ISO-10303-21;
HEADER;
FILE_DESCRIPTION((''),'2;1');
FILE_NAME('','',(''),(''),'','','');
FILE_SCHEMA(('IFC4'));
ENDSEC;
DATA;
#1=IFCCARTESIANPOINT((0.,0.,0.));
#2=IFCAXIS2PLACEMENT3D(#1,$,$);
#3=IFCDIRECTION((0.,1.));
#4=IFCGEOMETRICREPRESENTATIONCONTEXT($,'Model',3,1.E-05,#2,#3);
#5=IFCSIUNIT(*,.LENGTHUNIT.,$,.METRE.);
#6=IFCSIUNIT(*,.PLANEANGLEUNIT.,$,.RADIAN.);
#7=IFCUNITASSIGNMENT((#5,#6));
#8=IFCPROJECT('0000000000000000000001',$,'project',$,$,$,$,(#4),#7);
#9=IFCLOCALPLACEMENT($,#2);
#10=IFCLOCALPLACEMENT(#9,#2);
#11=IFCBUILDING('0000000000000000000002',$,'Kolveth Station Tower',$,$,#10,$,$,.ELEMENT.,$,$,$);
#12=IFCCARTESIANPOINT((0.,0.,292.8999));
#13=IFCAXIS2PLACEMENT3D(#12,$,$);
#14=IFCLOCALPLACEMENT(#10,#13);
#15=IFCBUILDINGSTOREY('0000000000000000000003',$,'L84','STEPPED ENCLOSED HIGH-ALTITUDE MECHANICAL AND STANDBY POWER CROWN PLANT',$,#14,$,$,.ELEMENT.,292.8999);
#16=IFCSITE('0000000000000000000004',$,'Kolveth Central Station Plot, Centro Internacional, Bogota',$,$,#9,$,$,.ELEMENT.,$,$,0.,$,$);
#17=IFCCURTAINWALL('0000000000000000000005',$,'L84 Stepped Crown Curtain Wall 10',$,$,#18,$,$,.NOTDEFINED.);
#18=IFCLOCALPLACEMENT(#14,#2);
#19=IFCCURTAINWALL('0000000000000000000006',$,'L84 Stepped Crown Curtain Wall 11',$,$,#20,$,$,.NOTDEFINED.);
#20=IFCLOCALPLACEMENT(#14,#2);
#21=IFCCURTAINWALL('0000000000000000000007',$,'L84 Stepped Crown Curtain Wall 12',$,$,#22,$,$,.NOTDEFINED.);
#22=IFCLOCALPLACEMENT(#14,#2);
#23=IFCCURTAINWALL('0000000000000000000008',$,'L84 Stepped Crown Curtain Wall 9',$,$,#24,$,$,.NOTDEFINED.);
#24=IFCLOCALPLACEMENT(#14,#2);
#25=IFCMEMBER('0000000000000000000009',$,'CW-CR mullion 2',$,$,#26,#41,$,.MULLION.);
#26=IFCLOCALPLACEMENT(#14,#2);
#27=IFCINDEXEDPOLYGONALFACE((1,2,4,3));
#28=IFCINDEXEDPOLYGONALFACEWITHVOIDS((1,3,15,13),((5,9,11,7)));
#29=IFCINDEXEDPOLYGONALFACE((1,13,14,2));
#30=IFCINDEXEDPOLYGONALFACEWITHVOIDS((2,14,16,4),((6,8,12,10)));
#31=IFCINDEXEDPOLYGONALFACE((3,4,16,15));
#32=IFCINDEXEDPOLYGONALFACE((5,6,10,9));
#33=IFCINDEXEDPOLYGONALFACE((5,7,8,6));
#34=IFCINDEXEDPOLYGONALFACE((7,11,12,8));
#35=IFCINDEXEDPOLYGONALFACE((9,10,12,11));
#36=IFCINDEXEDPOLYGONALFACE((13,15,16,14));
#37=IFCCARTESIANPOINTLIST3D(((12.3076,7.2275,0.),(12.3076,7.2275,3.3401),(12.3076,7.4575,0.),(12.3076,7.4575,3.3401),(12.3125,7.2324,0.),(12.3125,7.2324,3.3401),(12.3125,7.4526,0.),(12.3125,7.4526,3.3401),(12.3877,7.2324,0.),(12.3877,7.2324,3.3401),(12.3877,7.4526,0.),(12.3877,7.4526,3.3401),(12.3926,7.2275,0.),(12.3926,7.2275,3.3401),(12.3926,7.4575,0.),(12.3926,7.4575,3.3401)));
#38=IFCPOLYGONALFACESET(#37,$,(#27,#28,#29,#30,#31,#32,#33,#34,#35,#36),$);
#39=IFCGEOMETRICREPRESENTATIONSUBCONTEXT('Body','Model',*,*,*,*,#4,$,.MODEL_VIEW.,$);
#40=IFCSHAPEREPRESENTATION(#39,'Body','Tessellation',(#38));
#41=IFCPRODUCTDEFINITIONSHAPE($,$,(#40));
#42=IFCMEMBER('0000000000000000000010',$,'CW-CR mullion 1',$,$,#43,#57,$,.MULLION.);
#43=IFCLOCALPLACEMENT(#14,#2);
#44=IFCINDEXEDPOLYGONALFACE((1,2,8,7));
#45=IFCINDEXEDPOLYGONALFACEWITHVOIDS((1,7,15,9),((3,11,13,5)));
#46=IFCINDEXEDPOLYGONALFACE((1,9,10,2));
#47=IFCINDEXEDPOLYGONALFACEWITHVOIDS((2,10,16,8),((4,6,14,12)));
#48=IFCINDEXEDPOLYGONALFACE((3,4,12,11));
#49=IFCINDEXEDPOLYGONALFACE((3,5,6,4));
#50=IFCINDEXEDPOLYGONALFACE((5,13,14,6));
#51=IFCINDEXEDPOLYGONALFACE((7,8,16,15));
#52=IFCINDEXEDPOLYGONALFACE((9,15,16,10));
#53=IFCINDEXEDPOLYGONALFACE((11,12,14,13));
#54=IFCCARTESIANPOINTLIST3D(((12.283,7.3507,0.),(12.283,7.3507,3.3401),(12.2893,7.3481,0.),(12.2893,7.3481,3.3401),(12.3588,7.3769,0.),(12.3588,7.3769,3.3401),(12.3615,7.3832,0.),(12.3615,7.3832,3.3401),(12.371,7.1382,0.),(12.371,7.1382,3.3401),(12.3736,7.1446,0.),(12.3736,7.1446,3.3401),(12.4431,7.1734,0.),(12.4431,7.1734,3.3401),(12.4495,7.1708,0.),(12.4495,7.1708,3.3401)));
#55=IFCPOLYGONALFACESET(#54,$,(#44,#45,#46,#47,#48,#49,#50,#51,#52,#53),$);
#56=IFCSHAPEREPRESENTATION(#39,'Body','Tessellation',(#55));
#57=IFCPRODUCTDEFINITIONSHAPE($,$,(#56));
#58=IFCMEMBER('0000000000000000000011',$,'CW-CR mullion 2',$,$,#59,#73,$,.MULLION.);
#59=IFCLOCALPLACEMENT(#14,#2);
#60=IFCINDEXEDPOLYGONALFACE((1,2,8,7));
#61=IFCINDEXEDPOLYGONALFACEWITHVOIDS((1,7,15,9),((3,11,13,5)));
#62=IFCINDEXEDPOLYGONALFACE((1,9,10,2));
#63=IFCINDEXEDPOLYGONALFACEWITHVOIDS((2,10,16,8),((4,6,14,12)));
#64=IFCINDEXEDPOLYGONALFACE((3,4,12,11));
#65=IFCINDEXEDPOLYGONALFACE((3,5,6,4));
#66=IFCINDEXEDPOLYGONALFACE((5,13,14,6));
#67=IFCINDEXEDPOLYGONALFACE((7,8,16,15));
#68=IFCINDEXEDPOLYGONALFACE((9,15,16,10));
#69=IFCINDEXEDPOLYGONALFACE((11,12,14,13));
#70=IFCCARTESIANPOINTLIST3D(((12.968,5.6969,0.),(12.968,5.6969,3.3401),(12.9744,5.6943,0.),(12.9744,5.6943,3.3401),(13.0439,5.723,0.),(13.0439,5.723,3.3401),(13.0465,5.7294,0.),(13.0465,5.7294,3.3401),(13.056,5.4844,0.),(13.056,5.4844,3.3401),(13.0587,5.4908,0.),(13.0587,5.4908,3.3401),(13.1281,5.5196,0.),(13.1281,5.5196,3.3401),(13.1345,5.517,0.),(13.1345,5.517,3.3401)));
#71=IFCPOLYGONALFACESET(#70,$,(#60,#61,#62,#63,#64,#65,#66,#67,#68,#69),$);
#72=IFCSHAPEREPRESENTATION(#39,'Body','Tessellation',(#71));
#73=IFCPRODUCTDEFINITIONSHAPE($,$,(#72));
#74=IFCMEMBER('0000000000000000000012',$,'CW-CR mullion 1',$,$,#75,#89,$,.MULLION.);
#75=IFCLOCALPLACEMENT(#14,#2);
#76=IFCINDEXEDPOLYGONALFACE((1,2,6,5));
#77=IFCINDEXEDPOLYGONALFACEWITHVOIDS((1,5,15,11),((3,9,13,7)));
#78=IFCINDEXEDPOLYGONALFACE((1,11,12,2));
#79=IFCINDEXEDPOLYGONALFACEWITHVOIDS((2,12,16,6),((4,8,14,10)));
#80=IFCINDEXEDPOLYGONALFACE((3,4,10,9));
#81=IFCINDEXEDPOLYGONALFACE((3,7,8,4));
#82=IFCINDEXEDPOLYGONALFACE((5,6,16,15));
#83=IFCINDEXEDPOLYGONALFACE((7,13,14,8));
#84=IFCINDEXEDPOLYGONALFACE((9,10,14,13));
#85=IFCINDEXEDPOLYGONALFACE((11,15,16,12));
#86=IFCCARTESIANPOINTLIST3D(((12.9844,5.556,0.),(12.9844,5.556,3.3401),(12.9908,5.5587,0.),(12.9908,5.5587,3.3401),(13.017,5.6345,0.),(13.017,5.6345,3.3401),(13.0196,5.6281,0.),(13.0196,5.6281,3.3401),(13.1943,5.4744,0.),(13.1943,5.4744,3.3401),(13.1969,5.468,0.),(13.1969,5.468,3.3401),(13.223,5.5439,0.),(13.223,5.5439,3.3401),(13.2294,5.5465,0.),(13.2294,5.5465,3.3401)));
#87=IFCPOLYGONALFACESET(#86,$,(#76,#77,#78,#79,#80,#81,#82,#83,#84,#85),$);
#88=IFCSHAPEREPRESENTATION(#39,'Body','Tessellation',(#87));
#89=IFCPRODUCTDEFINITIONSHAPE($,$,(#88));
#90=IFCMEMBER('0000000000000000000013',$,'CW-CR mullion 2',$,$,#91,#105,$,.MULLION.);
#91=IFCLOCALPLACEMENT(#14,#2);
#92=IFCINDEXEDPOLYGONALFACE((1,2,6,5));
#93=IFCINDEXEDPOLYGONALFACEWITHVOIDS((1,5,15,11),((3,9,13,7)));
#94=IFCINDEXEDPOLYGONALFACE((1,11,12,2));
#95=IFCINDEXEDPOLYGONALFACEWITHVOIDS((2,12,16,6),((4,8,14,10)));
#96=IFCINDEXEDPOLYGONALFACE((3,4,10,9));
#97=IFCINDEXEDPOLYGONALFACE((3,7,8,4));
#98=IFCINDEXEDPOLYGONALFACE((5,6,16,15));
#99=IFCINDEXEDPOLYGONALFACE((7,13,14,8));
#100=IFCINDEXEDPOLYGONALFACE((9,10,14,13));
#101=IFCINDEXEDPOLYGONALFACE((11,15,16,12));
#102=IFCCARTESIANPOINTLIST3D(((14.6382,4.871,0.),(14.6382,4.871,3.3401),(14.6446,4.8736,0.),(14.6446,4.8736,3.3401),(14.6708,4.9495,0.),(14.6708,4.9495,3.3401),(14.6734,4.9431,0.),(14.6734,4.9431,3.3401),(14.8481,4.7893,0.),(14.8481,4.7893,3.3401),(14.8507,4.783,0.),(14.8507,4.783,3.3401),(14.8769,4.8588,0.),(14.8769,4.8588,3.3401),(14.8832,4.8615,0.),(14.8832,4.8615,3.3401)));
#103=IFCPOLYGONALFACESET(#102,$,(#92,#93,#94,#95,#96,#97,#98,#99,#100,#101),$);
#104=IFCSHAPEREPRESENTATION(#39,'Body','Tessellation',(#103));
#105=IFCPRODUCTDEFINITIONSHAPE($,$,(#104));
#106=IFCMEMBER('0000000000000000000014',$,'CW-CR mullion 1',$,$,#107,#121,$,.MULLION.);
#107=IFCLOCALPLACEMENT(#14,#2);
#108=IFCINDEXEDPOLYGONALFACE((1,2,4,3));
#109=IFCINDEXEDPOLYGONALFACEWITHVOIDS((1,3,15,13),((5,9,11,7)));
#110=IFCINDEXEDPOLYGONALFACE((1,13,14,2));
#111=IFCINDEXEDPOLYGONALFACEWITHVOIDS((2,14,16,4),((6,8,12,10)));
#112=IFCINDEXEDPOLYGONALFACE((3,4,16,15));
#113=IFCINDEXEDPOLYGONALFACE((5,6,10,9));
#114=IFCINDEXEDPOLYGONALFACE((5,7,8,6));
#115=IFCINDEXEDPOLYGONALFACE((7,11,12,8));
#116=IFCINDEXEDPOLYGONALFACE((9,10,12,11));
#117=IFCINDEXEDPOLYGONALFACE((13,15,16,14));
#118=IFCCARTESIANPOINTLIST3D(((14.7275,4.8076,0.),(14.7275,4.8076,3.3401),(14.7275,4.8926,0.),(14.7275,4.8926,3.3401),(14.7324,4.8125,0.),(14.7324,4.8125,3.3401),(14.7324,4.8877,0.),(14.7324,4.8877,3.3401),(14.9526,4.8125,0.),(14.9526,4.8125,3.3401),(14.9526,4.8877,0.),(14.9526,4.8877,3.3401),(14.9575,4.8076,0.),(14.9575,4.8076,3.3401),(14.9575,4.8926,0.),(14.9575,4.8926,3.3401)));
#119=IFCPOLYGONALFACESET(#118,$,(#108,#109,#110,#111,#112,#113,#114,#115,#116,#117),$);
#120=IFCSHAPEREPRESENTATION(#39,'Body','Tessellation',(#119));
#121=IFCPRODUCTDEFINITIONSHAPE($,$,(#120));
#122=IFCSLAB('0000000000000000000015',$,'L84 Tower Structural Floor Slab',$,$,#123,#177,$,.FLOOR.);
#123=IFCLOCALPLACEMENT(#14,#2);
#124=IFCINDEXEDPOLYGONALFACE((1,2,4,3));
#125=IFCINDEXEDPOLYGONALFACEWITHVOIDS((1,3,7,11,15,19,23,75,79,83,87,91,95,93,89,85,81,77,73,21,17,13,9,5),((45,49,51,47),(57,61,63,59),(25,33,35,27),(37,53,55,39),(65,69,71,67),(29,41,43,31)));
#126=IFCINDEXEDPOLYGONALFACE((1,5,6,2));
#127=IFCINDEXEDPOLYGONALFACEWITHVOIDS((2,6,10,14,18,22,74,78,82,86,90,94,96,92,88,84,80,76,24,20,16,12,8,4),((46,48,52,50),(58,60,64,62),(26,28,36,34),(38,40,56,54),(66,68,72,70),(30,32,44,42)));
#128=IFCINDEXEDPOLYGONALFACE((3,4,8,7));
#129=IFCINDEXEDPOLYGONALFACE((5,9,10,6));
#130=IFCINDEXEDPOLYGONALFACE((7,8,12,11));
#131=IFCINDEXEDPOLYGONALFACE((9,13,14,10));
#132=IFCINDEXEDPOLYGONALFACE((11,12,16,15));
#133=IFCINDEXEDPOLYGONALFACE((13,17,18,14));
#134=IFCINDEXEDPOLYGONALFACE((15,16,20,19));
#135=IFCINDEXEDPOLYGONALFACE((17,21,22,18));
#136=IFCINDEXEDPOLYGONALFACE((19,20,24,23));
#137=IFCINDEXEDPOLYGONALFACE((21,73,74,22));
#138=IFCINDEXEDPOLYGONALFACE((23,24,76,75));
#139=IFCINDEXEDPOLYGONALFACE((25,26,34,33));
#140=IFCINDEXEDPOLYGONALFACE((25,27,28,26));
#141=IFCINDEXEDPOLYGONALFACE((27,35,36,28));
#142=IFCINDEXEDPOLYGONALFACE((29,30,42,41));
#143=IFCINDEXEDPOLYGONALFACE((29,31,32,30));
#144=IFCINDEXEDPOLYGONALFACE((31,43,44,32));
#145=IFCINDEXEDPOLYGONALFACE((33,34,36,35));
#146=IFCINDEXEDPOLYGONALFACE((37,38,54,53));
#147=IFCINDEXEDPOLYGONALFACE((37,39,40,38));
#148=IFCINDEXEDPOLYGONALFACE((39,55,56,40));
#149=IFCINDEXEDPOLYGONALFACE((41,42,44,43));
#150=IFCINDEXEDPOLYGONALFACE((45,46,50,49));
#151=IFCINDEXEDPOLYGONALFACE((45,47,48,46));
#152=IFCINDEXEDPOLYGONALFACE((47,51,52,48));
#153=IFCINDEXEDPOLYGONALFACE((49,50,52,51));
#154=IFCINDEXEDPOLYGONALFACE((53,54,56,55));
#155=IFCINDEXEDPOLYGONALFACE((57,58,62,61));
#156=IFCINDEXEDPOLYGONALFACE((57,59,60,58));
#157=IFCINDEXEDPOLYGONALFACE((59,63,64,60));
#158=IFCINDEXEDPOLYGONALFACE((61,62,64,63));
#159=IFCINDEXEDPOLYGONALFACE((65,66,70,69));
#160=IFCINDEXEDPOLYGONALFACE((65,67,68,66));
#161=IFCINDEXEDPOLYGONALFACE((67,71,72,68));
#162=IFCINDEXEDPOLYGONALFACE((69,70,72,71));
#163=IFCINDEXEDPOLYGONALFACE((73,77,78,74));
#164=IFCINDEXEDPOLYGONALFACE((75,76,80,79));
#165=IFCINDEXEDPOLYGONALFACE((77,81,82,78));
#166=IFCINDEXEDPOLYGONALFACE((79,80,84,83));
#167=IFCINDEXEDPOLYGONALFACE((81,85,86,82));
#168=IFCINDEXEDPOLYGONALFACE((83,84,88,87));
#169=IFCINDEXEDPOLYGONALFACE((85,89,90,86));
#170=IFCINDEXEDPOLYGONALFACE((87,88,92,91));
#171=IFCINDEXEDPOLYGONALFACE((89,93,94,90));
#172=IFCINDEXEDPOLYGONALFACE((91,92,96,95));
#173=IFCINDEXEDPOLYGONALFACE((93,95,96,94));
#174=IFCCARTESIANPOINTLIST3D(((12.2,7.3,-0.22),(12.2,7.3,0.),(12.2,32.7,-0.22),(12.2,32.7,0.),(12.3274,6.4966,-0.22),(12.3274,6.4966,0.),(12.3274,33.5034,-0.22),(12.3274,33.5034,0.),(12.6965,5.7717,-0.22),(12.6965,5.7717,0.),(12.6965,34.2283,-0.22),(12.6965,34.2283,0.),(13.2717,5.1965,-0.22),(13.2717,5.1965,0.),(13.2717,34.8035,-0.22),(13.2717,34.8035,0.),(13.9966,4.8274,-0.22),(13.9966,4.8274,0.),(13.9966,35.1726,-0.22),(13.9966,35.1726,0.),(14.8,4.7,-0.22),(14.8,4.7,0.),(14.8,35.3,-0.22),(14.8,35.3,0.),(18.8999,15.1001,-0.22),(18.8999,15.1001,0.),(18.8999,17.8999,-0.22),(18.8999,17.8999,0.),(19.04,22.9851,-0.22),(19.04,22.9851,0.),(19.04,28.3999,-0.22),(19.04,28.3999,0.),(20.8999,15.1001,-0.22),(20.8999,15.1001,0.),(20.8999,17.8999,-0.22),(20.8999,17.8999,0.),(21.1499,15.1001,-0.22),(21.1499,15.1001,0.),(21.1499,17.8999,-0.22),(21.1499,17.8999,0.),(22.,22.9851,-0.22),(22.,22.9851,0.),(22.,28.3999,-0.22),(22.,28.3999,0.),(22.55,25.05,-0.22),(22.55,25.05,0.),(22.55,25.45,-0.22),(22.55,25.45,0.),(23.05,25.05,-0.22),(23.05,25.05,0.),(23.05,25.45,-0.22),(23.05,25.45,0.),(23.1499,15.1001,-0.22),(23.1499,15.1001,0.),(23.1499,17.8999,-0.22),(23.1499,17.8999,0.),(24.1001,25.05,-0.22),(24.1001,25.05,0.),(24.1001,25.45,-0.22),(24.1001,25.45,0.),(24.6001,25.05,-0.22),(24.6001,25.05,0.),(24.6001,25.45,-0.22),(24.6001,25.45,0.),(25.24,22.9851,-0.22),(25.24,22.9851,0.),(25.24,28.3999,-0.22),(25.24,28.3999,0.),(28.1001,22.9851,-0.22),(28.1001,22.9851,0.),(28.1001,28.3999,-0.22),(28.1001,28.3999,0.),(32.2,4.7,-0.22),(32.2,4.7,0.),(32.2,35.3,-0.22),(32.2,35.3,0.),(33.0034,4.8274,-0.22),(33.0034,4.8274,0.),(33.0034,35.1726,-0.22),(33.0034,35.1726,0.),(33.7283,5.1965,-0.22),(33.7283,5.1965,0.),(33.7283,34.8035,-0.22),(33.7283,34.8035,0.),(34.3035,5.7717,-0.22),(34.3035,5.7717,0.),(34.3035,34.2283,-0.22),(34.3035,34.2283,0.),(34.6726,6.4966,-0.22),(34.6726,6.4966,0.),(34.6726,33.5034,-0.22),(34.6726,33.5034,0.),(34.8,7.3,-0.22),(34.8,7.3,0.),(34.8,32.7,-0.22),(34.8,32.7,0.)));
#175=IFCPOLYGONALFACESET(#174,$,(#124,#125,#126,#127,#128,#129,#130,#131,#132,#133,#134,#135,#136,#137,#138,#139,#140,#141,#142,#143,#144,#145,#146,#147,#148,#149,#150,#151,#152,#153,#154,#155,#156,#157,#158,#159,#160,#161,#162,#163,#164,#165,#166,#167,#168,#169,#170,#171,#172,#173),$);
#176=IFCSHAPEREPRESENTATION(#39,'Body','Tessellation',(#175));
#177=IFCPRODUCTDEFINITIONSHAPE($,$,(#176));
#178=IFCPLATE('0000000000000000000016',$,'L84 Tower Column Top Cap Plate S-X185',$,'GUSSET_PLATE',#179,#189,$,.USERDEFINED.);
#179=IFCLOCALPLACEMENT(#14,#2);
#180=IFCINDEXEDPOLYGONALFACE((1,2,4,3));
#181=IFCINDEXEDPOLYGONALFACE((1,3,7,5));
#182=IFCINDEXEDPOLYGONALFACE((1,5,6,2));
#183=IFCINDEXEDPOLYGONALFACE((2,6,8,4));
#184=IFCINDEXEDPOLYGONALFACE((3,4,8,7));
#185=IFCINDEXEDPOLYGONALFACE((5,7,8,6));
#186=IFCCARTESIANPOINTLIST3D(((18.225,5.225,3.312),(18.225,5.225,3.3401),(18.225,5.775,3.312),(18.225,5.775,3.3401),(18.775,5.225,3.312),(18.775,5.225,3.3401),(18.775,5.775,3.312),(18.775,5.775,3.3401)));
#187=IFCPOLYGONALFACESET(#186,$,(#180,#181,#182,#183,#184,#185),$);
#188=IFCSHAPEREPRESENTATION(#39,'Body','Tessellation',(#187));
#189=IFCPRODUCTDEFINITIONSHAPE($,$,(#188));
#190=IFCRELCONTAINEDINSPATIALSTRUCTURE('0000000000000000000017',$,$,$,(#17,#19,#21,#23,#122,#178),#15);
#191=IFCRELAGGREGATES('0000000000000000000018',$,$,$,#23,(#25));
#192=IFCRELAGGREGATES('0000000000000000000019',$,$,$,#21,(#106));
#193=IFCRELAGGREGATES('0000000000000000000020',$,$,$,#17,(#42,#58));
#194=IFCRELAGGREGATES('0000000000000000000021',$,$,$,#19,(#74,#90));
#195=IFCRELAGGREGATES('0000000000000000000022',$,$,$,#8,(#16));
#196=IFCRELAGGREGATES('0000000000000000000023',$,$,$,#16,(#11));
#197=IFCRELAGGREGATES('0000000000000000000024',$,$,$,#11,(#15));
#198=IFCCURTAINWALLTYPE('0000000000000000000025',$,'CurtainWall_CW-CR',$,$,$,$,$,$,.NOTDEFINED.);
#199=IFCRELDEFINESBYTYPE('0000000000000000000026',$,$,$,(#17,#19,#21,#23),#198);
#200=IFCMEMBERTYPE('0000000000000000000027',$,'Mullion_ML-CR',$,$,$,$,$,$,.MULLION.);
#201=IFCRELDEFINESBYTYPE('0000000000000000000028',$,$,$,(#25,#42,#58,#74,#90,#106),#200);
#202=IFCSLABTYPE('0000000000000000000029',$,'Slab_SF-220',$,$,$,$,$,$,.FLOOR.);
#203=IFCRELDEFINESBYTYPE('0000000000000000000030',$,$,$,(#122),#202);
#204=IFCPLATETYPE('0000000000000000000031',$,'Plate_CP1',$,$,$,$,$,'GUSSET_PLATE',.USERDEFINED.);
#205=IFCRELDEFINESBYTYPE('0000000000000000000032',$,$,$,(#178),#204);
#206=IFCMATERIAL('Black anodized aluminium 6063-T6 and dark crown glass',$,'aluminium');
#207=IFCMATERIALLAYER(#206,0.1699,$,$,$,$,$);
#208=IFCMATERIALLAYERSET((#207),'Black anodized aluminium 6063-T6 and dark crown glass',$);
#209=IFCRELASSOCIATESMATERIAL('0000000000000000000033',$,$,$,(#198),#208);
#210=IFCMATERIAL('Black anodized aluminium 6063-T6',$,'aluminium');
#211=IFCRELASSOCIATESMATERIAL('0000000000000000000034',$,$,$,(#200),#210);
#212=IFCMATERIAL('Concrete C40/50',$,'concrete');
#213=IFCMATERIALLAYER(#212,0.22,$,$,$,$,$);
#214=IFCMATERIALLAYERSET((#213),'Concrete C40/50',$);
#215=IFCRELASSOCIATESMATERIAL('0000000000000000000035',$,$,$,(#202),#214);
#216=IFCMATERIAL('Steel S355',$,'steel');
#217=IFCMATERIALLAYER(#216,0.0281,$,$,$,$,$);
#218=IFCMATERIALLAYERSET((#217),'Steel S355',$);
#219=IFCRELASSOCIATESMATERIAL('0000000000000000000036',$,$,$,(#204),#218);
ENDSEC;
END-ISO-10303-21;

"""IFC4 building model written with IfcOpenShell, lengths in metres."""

from ifc_helpers import new_model, si_unit, direction, frame, origin, origin_2d, place, context, subcontext, project, spatial, polyline, rectangle, hollow_rectangle, outline, extrude, source, transform, mapped, material, layer, layer_set, material_profile, profile_set, type_object, element, aggregate, save


model = new_model("IFC4")

# Units and contexts
model_context = context("Model", 3, precision=1e-05, world=origin(), true_north=direction((0.0, 1.0)))
body_context = subcontext(model_context, "Body", "Model", "MODEL_VIEW")
ifc_project = project(units=[si_unit("LENGTHUNIT", "METRE"), si_unit("PLANEANGLEUNIT", "RADIAN")], contexts=[model_context])

# Site, building, storey
site_placement = place(None, origin())
site = spatial("IfcSite", under=ifc_project, at=site_placement, Name="Kolveth Central Station Plot, Centro Internacional, Bogota", CompositionType="ELEMENT", RefElevation=0.0)
building_placement = place(site_placement, origin())
building = spatial("IfcBuilding", under=site, at=building_placement, Name="Kolveth Station Tower", CompositionType="ELEMENT")
storey_placement = place(building_placement, frame((0.0, 0.0, 292.8999)))
storey = spatial("IfcBuildingStorey", under=building, at=storey_placement, Name="L84", Description="STEPPED ENCLOSED HIGH-ALTITUDE MECHANICAL AND STANDBY POWER CROWN PLANT", CompositionType="ELEMENT", Elevation=292.8999)

# Shared definitions
ifc_material_1 = material(Name="Steel S355", Category="steel")

# Curtain walls
ifc_material_2 = material(Name="Black anodized aluminium 6063-T6 and dark crown glass", Category="aluminium")
ifc_layer_1 = layer(ifc_material_2, 0.1699)
ifc_layer_set_1 = layer_set([ifc_layer_1], Name="Black anodized aluminium 6063-T6 and dark crown glass")
curtain_wall_type = type_object("IfcCurtainWallType", Name="CurtainWall_CW-CR", PredefinedType="NOTDEFINED", material=ifc_layer_set_1)
curtain_wall_1_placement = place(storey_placement, origin())
curtain_wall_1 = element("IfcCurtainWall", 1, at=curtain_wall_1_placement, inside=storey, type_object=curtain_wall_type, Name="L84 Stepped Crown Curtain Wall 10", PredefinedType="NOTDEFINED")
ifc_material_3 = material(Name="Black anodized aluminium 6063-T6", Category="aluminium")
curtain_wall_2_placement = place(storey_placement, origin())
curtain_wall_2 = element("IfcCurtainWall", 2, at=curtain_wall_2_placement, inside=storey, type_object=curtain_wall_type, Name="L84 Stepped Crown Curtain Wall 11", PredefinedType="NOTDEFINED")
curtain_wall_3_placement = place(storey_placement, origin())
curtain_wall_3 = element("IfcCurtainWall", 3, at=curtain_wall_3_placement, inside=storey, type_object=curtain_wall_type, Name="L84 Stepped Crown Curtain Wall 12", PredefinedType="NOTDEFINED")

# Curtain wall, member
curtain_wall_4_placement = place(storey_placement, origin())
curtain_wall_4 = element("IfcCurtainWall", 4, at=curtain_wall_4_placement, inside=storey, type_object=curtain_wall_type, Name="L84 Stepped Crown Curtain Wall 9", PredefinedType="NOTDEFINED")
ifc_material_profile_1 = material_profile(ifc_material_3, hollow_rectangle(XDim=0.085, YDim=0.23, WallThickness=0.0049, at=origin_2d()), Name="ALU-85x230x5")
ifc_profile_set_1 = profile_set([ifc_material_profile_1], Name="Black anodized aluminium 6063-T6")
member_type_1 = type_object("IfcMemberType", Name="Mullion_ML-CR", PredefinedType="MULLION", material=ifc_profile_set_1)
shared_shape_1 = source(origin(), body_context, "Body", "SweptSolid", [
    extrude(hollow_rectangle(XDim=0.085, YDim=0.23, WallThickness=0.0049, at=origin_2d()), origin(), (0.0, 0.0, 1.0), 3.3401),
])
member_1_placement = place(storey_placement, frame((12.3501, 7.3425, 0.0), z_axis=(0.0, 0.0, 1.0), x_axis=(1.0, 0.0, 0.0)))
member_1 = element("IfcMember", 5, at=member_1_placement, type_object=member_type_1, Name="CW-CR mullion 2", PredefinedType="MULLION", context=body_context, shape_type="MappedRepresentation", body=[
    mapped(shared_shape_1, transform((0.0, 0.0, 0.0), x_axis=(1.0, 0.0, 0.0), y_axis=(0.0, 1.0, 0.0), z_axis=(0.0, 0.0, 1.0), scale=1.0)),
])
aggregate(curtain_wall_4, [member_1])

# Members
member_2_placement = place(storey_placement, frame((12.3662, 7.2607, 0.0), z_axis=(0.0, 0.0, 1.0), x_axis=(0.923876, 0.382691, 0.0)))
member_2 = element("IfcMember", 6, at=member_2_placement, type_object=member_type_1, Name="CW-CR mullion 1", PredefinedType="MULLION", context=body_context, shape_type="MappedRepresentation", body=[
    mapped(shared_shape_1, transform((0.0, 0.0, 0.0), x_axis=(1.0, 0.0, 0.0), y_axis=(0.0, 1.0, 0.0), z_axis=(0.0, 0.0, 1.0), scale=1.0)),
])
member_3_placement = place(storey_placement, frame((13.0513, 5.6069, 0.0), z_axis=(0.0, 0.0, 1.0), x_axis=(0.923876, 0.382691, 0.0)))
member_3 = element("IfcMember", 7, at=member_3_placement, type_object=member_type_1, Name="CW-CR mullion 2", PredefinedType="MULLION", context=body_context, shape_type="MappedRepresentation", body=[
    mapped(shared_shape_1, transform((0.0, 0.0, 0.0), x_axis=(1.0, 0.0, 0.0), y_axis=(0.0, 1.0, 0.0), z_axis=(0.0, 0.0, 1.0), scale=1.0)),
])
member_4_placement = place(storey_placement, frame((13.1069, 5.5513, 0.0), z_axis=(0.0, 0.0, 1.0), x_axis=(0.382691, 0.923876, 0.0)))
member_4 = element("IfcMember", 8, at=member_4_placement, type_object=member_type_1, Name="CW-CR mullion 1", PredefinedType="MULLION", context=body_context, shape_type="MappedRepresentation", body=[
    mapped(shared_shape_1, transform((0.0, 0.0, 0.0), x_axis=(1.0, 0.0, 0.0), y_axis=(0.0, 1.0, 0.0), z_axis=(0.0, 0.0, 1.0), scale=1.0)),
])
member_5_placement = place(storey_placement, frame((14.7607, 4.8662, 0.0), z_axis=(0.0, 0.0, 1.0), x_axis=(0.382691, 0.923876, 0.0)))
member_5 = element("IfcMember", 9, at=member_5_placement, type_object=member_type_1, Name="CW-CR mullion 2", PredefinedType="MULLION", context=body_context, shape_type="MappedRepresentation", body=[
    mapped(shared_shape_1, transform((0.0, 0.0, 0.0), x_axis=(1.0, 0.0, 0.0), y_axis=(0.0, 1.0, 0.0), z_axis=(0.0, 0.0, 1.0), scale=1.0)),
])
member_6_placement = place(storey_placement, frame((14.8425, 4.8501, 0.0), z_axis=(0.0, 0.0, 1.0), x_axis=(0.0, 1.0, 0.0)))
member_6 = element("IfcMember", 10, at=member_6_placement, type_object=member_type_1, Name="CW-CR mullion 1", PredefinedType="MULLION", context=body_context, shape_type="MappedRepresentation", body=[
    mapped(shared_shape_1, transform((0.0, 0.0, 0.0), x_axis=(1.0, 0.0, 0.0), y_axis=(0.0, 1.0, 0.0), z_axis=(0.0, 0.0, 1.0), scale=1.0)),
])
aggregate(curtain_wall_3, [member_6])

# Slab
ifc_material_4 = material(Name="Concrete C40/50", Category="concrete")
ifc_layer_2 = layer(ifc_material_4, 0.22)
ifc_layer_set_2 = layer_set([ifc_layer_2], Name="Concrete C40/50")
slab_type_1 = type_object("IfcSlabType", Name="Slab_SF-220", PredefinedType="FLOOR", material=ifc_layer_set_2)
slab_1_placement = place(storey_placement, frame((0.0, 0.0, -0.22)))
element("IfcSlab", 11, at=slab_1_placement, inside=storey, type_object=slab_type_1, Name="L84 Tower Structural Floor Slab", PredefinedType="FLOOR", context=body_context, shape_type="SweptSolid", body=[
    extrude(outline(polyline([(32.2, 4.7), (33.0034, 4.8274), (33.7283, 5.1965), (34.3035, 5.7717), (34.6726, 6.4966), (34.8, 7.3), (34.8, 32.7), (34.6726, 33.5034), (34.3035, 34.2283), (33.7283, 34.8035), (33.0034, 35.1726), (32.2, 35.3), (14.8, 35.3), (13.9966, 35.1726), (13.2717, 34.8035), (12.6965, 34.2283), (12.3274, 33.5034), (12.2, 32.7), (12.2, 7.3), (12.3274, 6.4966), (12.6965, 5.7717), (13.2717, 5.1965), (13.9966, 4.8274), (14.8, 4.7), (32.2, 4.7)]), holes=[polyline([(19.04, 22.9851), (22.0, 22.9851), (22.0, 28.3999), (19.04, 28.3999), (19.04, 22.9851)]), polyline([(25.24, 22.9851), (28.1001, 22.9851), (28.1001, 28.3999), (25.24, 28.3999), (25.24, 22.9851)]), polyline([(18.8999, 15.1001), (20.8999, 15.1001), (20.8999, 17.8999), (18.8999, 17.8999), (18.8999, 15.1001)]), polyline([(21.1499, 15.1001), (23.1499, 15.1001), (23.1499, 17.8999), (21.1499, 17.8999), (21.1499, 15.1001)]), polyline([(22.55, 25.05), (23.05, 25.05), (23.05, 25.45), (22.55, 25.45), (22.55, 25.05)]), polyline([(24.1001, 25.05), (24.6001, 25.05), (24.6001, 25.45), (24.1001, 25.45), (24.1001, 25.05)])]), origin(), (0.0, 0.0, 1.0), 0.22),
])

# Plate
ifc_layer_3 = layer(ifc_material_1, 0.0281)
ifc_layer_set_3 = layer_set([ifc_layer_3], Name="Steel S355")
plate_type_1 = type_object("IfcPlateType", Name="Plate_CP1", ElementType="GUSSET_PLATE", PredefinedType="USERDEFINED", material=ifc_layer_set_3)
shared_shape_2 = source(origin(), body_context, "Body", "SweptSolid", [
    extrude(rectangle(XDim=0.55, YDim=0.55, at=origin_2d()), origin(), (0.0, 0.0, 1.0), 0.0281),
])
for number, where, z_axis, x_axis, name in (
    (12, (18.5, 5.5, 3.312), (0.0, 0.0, 1.0), (1.0, 0.0, 0.0), "L84 Tower Column Top Cap Plate S-X185"),
):
    element("IfcPlate", number, at=place(storey_placement, frame(where, z_axis=z_axis, x_axis=x_axis)), inside=storey, type_object=plate_type_1, Name=name, ObjectType="GUSSET_PLATE", PredefinedType="USERDEFINED", context=body_context, shape_type="MappedRepresentation", body=[
        mapped(shared_shape_2, transform((0.0, 0.0, 0.0), x_axis=(1.0, 0.0, 0.0), y_axis=(0.0, 1.0, 0.0), z_axis=(0.0, 0.0, 1.0), scale=1.0)),
    ])

aggregate(curtain_wall_1, [member_2, member_3])
aggregate(curtain_wall_2, [member_4, member_5])

save(model, "model.ifc")
